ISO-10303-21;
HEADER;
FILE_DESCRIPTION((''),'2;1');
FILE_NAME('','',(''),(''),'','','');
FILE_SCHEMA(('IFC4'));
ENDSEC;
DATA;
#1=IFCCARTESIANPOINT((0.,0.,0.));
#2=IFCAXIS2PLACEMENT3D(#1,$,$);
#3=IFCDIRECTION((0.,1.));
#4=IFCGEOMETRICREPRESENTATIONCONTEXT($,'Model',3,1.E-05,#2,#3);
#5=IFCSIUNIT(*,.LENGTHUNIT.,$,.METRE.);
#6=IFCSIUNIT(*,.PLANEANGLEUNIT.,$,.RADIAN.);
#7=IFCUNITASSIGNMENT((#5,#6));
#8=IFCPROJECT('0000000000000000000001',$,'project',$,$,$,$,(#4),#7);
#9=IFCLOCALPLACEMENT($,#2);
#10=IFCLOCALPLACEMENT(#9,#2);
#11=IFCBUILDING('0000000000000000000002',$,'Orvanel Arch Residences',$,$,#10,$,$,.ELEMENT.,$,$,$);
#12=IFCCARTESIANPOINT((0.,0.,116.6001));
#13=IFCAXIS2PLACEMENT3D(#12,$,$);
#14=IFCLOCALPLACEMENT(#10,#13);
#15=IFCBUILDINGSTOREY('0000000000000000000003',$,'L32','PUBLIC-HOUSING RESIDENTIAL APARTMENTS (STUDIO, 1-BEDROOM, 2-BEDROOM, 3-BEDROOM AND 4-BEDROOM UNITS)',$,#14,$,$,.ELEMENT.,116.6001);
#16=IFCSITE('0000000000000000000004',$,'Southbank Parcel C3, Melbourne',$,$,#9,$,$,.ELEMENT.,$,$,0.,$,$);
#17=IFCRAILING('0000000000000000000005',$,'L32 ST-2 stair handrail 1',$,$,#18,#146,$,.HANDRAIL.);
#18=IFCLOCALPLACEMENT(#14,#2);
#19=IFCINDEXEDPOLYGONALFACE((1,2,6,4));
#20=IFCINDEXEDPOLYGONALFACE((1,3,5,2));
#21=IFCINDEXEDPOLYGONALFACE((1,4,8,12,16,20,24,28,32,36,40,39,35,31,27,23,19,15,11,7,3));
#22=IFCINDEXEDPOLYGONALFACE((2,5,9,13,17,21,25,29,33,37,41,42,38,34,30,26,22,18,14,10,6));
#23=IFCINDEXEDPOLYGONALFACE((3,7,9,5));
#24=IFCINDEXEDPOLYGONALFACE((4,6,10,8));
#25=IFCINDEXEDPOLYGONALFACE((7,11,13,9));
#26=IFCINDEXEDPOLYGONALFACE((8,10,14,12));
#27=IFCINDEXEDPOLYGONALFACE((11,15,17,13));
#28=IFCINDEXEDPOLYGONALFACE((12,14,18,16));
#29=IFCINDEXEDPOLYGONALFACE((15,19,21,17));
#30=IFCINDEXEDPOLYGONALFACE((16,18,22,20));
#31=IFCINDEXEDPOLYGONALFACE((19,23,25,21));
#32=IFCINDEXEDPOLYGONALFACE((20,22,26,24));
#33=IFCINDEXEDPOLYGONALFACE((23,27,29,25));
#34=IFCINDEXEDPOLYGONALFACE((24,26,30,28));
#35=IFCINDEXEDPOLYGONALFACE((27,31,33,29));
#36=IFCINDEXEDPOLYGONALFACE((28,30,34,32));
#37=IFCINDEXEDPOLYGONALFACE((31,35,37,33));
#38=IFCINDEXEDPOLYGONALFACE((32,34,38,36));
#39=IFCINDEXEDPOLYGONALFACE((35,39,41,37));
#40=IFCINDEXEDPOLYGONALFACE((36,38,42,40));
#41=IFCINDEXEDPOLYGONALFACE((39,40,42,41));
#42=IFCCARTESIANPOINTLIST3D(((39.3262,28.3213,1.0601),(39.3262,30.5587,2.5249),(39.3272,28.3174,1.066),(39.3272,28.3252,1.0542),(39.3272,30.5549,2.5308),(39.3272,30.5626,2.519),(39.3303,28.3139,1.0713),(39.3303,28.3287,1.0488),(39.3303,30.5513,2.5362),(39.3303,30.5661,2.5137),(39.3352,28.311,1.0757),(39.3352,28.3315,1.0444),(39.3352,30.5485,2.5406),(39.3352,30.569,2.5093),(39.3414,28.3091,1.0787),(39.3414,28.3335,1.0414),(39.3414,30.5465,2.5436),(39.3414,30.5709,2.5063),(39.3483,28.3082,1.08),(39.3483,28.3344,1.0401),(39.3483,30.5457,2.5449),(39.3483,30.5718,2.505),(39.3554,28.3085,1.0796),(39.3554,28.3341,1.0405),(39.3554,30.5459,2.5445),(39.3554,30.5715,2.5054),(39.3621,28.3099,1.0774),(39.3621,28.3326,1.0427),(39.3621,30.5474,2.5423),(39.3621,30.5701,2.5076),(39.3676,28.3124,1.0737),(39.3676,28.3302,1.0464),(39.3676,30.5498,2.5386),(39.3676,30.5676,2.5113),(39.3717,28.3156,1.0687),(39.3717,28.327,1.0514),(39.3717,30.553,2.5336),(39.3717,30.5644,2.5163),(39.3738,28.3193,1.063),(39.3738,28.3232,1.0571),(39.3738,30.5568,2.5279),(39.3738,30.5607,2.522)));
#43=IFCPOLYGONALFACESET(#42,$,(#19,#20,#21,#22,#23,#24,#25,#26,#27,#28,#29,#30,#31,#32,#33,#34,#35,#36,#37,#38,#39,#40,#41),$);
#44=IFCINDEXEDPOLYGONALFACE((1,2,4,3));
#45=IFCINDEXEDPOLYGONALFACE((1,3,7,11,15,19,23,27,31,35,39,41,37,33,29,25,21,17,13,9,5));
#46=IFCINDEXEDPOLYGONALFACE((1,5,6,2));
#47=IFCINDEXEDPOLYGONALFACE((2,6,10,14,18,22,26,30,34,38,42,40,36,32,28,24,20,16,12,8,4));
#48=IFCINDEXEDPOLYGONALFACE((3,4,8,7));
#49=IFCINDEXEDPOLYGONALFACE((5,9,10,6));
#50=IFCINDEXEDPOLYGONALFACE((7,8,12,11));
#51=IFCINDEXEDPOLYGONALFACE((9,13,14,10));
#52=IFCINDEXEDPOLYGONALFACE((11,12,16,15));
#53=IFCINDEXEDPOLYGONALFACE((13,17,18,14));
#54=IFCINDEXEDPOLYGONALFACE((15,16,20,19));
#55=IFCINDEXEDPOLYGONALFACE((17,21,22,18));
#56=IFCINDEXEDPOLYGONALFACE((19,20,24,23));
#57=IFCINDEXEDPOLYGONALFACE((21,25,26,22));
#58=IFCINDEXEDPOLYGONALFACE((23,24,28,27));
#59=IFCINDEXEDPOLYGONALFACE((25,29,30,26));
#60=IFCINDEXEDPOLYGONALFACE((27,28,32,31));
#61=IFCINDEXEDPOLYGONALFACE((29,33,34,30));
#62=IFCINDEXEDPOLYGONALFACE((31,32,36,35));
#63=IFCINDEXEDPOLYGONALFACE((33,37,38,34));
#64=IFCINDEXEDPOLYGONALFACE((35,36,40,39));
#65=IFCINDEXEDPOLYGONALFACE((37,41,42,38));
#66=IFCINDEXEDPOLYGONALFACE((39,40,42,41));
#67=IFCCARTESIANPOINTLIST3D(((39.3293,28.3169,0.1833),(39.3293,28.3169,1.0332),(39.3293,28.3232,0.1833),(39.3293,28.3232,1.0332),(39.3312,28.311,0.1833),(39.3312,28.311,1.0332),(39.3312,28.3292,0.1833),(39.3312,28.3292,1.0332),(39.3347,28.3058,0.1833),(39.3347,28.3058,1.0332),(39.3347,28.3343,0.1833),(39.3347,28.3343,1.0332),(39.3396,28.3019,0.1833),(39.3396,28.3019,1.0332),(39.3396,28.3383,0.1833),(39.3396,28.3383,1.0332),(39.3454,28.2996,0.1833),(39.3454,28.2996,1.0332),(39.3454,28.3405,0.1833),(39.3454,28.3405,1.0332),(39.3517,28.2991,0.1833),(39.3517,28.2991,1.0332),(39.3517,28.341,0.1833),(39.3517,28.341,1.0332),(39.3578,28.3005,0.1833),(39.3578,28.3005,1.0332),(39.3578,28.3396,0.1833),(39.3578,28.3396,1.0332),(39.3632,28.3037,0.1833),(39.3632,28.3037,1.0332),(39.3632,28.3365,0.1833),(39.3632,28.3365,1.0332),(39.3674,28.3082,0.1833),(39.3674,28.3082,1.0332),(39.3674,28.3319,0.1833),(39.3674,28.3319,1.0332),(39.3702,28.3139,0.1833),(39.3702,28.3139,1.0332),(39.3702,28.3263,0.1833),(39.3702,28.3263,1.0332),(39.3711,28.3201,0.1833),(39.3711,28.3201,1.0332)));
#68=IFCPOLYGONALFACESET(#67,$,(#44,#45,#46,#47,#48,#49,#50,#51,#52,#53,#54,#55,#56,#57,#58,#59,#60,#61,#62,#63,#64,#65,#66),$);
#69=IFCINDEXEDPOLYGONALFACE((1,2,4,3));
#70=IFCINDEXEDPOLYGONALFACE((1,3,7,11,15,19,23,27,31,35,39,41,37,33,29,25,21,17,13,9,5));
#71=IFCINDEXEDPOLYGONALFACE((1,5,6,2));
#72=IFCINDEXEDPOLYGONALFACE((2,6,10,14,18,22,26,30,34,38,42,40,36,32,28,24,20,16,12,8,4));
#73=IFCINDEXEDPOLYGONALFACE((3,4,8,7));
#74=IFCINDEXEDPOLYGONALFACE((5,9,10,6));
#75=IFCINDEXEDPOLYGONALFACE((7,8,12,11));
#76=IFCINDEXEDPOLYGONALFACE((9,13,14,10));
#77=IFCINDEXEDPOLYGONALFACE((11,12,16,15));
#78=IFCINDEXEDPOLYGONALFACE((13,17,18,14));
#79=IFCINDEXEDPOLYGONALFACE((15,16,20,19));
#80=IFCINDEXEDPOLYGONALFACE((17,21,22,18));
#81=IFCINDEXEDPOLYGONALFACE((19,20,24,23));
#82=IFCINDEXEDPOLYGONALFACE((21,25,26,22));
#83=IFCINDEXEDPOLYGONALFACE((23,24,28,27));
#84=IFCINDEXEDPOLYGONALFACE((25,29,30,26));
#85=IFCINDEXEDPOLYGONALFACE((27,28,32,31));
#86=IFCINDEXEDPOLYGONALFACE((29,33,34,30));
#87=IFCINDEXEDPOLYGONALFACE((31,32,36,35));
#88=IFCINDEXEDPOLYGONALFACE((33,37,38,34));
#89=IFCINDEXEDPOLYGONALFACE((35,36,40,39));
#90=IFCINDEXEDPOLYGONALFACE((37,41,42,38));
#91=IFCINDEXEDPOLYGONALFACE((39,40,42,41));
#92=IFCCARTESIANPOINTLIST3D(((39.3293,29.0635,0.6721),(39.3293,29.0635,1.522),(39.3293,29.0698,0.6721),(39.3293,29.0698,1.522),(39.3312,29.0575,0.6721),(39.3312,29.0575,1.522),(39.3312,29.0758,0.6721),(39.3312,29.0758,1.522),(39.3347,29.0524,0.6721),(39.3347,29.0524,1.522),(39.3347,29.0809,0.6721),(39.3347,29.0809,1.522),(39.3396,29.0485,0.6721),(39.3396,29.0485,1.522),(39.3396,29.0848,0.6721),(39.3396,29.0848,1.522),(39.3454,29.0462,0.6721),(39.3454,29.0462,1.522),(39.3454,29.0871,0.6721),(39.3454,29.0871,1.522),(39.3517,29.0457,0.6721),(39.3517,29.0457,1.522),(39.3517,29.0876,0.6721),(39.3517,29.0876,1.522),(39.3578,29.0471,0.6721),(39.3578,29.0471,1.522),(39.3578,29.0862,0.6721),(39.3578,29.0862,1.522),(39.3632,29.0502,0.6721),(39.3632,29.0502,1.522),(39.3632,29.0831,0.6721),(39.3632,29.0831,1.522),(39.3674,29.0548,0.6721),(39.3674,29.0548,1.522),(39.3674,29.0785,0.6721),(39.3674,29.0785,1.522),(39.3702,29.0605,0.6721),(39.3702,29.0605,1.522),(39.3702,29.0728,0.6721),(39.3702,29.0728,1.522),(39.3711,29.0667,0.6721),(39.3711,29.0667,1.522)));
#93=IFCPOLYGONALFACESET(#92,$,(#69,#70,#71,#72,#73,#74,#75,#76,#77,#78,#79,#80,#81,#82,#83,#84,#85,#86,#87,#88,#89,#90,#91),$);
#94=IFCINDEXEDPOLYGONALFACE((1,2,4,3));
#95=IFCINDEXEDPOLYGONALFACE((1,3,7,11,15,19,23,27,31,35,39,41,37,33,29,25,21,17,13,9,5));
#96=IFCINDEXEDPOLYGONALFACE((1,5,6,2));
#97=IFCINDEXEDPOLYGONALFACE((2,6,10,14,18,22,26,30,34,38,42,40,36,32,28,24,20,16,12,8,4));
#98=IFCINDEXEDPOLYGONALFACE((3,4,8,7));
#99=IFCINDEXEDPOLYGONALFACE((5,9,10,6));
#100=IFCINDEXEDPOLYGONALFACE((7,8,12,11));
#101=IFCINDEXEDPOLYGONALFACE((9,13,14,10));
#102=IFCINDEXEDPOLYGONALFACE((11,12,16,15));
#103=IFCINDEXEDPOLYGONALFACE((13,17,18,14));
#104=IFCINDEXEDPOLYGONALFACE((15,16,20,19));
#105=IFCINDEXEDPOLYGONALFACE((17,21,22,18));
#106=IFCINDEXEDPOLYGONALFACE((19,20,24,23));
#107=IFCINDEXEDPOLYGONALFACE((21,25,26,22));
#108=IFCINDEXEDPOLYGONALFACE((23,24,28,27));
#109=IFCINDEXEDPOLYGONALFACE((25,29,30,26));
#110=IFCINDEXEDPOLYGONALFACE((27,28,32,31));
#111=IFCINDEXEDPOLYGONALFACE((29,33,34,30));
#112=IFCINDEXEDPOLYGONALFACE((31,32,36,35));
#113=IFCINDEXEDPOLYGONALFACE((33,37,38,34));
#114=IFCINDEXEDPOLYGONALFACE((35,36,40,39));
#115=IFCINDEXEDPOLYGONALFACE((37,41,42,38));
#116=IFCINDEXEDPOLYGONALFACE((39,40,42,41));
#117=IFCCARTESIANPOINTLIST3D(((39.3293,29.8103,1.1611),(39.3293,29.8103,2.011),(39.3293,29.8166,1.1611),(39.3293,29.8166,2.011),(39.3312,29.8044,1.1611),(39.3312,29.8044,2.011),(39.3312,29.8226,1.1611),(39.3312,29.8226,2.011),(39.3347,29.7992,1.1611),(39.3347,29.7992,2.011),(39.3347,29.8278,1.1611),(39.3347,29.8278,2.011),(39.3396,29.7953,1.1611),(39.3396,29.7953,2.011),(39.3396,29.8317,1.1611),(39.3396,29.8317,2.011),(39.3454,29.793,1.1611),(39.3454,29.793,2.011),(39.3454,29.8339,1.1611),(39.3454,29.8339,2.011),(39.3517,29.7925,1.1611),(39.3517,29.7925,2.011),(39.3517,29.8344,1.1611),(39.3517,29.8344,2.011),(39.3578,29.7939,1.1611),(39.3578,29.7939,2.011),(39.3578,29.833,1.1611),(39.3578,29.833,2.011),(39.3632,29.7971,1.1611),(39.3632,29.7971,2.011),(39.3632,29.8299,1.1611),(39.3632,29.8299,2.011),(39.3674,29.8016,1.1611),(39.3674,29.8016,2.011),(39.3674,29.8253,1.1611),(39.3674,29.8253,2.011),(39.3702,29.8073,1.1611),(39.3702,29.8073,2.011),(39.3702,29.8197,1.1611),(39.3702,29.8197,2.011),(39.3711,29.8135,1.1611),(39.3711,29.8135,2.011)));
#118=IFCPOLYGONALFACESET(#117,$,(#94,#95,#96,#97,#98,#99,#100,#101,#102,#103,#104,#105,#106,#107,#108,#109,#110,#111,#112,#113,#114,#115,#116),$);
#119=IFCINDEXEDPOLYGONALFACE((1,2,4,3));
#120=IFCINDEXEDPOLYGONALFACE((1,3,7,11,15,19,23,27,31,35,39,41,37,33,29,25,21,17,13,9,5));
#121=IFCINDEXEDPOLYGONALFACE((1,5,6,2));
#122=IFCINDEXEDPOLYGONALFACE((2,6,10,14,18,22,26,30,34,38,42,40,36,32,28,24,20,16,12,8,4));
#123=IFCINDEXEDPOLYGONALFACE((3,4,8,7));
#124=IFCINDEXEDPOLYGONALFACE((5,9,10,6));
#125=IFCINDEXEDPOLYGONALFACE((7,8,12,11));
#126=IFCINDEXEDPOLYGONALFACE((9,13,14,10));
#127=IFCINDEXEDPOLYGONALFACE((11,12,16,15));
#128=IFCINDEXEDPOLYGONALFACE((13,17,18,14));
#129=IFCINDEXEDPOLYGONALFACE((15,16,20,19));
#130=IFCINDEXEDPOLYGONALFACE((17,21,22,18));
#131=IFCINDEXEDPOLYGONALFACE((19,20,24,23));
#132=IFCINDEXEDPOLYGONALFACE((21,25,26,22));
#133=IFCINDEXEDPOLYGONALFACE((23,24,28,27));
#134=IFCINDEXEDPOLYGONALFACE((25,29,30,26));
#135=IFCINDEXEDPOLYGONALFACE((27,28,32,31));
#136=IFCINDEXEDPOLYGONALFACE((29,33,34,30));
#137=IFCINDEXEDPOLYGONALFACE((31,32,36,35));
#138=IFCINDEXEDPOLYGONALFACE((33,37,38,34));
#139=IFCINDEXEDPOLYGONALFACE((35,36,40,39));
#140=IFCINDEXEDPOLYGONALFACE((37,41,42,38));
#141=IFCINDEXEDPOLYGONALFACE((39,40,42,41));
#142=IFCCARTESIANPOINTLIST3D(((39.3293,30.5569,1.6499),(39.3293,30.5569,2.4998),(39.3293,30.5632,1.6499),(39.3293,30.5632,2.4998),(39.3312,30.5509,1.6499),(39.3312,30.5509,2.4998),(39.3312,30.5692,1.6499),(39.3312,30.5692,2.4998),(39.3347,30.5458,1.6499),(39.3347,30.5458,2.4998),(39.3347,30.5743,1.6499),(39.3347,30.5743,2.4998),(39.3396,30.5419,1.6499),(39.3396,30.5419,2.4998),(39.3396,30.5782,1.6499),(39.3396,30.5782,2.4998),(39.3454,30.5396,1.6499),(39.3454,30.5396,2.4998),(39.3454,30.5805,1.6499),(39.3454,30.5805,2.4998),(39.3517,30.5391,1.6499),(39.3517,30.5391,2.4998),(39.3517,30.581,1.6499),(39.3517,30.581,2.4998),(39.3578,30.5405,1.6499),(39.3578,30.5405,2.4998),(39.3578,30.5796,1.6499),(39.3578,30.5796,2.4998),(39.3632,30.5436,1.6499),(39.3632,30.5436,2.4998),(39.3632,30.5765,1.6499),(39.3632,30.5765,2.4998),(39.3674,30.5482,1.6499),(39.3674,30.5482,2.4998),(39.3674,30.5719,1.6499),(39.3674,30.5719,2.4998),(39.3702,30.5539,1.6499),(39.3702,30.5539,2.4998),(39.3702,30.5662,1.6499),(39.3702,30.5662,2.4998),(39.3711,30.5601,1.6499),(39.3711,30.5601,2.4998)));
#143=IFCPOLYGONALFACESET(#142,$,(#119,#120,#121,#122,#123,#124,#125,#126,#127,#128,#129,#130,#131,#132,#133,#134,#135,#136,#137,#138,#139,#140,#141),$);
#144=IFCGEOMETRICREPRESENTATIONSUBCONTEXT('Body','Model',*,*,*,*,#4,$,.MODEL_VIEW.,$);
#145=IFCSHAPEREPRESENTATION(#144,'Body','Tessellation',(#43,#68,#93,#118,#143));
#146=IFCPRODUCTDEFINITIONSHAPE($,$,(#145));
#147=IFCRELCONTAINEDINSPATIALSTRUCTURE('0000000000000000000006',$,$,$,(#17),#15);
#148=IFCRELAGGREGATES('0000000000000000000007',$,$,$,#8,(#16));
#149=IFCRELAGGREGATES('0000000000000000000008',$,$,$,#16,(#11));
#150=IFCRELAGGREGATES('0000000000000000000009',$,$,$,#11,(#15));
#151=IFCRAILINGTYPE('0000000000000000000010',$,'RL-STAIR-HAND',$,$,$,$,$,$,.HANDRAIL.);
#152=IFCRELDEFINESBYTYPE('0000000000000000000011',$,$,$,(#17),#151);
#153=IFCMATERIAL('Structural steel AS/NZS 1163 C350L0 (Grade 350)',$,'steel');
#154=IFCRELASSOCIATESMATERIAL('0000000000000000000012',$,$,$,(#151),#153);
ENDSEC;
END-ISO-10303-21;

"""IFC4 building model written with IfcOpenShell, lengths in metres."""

from ifc_helpers import new_model, si_unit, direction, frame, origin, origin_2d, place, context, subcontext, project, spatial, circle, extrude, material, type_object, element, save


model = new_model("IFC4")

# Units and contexts
model_context = context("Model", 3, precision=1e-05, world=origin(), true_north=direction((0.0, 1.0)))
body_context = subcontext(model_context, "Body", "Model", "MODEL_VIEW")
ifc_project = project(units=[si_unit("LENGTHUNIT", "METRE"), si_unit("PLANEANGLEUNIT", "RADIAN")], contexts=[model_context])

# Site, building, storey
site_placement = place(None, origin())
site = spatial("IfcSite", under=ifc_project, at=site_placement, Name="Southbank Parcel C3, Melbourne", CompositionType="ELEMENT", RefElevation=0.0)
building_placement = place(site_placement, origin())
building = spatial("IfcBuilding", under=site, at=building_placement, Name="Orvanel Arch Residences", CompositionType="ELEMENT")
storey_placement = place(building_placement, frame((0.0, 0.0, 116.6001)))
storey = spatial("IfcBuildingStorey", under=building, at=storey_placement, Name="L32", Description="PUBLIC-HOUSING RESIDENTIAL APARTMENTS (STUDIO, 1-BEDROOM, 2-BEDROOM, 3-BEDROOM AND 4-BEDROOM UNITS)", CompositionType="ELEMENT", Elevation=116.6001)

# Railing
ifc_material_1 = material(Name="Structural steel AS/NZS 1163 C350L0 (Grade 350)", Category="steel")
railing_type_1 = type_object("IfcRailingType", Name="RL-STAIR-HAND", PredefinedType="HANDRAIL", material=ifc_material_1)
railing_1_placement = place(storey_placement, frame((39.3501, 28.3201, 0.1833)))
element("IfcRailing", 1, at=railing_1_placement, inside=storey, type_object=railing_type_1, Name="L32 ST-2 stair handrail 1", PredefinedType="HANDRAIL", context=body_context, shape_type="SweptSolid", body=[
    extrude(circle(Radius=0.0239, at=origin_2d()), frame((0.0, 0.0012, 0.8767), z_axis=(0.0, 0.836637, 0.547758), x_axis=(-1.0, 0.0, 0.0)), (0.0, 0.0, 1.0), 2.6743),
    extrude(circle(Radius=0.021, at=origin_2d()), origin(), (0.0, 0.0, 1.0), 0.8499),
    extrude(circle(Radius=0.021, at=origin_2d()), frame((0.0, 0.7466, 0.4888)), (0.0, 0.0, 1.0), 0.8499),
    extrude(circle(Radius=0.021, at=origin_2d()), frame((0.0, 1.4934, 0.9778)), (0.0, 0.0, 1.0), 0.8499),
    extrude(circle(Radius=0.021, at=origin_2d()), frame((0.0, 2.24, 1.4666)), (0.0, 0.0, 1.0), 0.8499),
])

save(model, "model.ifc")
